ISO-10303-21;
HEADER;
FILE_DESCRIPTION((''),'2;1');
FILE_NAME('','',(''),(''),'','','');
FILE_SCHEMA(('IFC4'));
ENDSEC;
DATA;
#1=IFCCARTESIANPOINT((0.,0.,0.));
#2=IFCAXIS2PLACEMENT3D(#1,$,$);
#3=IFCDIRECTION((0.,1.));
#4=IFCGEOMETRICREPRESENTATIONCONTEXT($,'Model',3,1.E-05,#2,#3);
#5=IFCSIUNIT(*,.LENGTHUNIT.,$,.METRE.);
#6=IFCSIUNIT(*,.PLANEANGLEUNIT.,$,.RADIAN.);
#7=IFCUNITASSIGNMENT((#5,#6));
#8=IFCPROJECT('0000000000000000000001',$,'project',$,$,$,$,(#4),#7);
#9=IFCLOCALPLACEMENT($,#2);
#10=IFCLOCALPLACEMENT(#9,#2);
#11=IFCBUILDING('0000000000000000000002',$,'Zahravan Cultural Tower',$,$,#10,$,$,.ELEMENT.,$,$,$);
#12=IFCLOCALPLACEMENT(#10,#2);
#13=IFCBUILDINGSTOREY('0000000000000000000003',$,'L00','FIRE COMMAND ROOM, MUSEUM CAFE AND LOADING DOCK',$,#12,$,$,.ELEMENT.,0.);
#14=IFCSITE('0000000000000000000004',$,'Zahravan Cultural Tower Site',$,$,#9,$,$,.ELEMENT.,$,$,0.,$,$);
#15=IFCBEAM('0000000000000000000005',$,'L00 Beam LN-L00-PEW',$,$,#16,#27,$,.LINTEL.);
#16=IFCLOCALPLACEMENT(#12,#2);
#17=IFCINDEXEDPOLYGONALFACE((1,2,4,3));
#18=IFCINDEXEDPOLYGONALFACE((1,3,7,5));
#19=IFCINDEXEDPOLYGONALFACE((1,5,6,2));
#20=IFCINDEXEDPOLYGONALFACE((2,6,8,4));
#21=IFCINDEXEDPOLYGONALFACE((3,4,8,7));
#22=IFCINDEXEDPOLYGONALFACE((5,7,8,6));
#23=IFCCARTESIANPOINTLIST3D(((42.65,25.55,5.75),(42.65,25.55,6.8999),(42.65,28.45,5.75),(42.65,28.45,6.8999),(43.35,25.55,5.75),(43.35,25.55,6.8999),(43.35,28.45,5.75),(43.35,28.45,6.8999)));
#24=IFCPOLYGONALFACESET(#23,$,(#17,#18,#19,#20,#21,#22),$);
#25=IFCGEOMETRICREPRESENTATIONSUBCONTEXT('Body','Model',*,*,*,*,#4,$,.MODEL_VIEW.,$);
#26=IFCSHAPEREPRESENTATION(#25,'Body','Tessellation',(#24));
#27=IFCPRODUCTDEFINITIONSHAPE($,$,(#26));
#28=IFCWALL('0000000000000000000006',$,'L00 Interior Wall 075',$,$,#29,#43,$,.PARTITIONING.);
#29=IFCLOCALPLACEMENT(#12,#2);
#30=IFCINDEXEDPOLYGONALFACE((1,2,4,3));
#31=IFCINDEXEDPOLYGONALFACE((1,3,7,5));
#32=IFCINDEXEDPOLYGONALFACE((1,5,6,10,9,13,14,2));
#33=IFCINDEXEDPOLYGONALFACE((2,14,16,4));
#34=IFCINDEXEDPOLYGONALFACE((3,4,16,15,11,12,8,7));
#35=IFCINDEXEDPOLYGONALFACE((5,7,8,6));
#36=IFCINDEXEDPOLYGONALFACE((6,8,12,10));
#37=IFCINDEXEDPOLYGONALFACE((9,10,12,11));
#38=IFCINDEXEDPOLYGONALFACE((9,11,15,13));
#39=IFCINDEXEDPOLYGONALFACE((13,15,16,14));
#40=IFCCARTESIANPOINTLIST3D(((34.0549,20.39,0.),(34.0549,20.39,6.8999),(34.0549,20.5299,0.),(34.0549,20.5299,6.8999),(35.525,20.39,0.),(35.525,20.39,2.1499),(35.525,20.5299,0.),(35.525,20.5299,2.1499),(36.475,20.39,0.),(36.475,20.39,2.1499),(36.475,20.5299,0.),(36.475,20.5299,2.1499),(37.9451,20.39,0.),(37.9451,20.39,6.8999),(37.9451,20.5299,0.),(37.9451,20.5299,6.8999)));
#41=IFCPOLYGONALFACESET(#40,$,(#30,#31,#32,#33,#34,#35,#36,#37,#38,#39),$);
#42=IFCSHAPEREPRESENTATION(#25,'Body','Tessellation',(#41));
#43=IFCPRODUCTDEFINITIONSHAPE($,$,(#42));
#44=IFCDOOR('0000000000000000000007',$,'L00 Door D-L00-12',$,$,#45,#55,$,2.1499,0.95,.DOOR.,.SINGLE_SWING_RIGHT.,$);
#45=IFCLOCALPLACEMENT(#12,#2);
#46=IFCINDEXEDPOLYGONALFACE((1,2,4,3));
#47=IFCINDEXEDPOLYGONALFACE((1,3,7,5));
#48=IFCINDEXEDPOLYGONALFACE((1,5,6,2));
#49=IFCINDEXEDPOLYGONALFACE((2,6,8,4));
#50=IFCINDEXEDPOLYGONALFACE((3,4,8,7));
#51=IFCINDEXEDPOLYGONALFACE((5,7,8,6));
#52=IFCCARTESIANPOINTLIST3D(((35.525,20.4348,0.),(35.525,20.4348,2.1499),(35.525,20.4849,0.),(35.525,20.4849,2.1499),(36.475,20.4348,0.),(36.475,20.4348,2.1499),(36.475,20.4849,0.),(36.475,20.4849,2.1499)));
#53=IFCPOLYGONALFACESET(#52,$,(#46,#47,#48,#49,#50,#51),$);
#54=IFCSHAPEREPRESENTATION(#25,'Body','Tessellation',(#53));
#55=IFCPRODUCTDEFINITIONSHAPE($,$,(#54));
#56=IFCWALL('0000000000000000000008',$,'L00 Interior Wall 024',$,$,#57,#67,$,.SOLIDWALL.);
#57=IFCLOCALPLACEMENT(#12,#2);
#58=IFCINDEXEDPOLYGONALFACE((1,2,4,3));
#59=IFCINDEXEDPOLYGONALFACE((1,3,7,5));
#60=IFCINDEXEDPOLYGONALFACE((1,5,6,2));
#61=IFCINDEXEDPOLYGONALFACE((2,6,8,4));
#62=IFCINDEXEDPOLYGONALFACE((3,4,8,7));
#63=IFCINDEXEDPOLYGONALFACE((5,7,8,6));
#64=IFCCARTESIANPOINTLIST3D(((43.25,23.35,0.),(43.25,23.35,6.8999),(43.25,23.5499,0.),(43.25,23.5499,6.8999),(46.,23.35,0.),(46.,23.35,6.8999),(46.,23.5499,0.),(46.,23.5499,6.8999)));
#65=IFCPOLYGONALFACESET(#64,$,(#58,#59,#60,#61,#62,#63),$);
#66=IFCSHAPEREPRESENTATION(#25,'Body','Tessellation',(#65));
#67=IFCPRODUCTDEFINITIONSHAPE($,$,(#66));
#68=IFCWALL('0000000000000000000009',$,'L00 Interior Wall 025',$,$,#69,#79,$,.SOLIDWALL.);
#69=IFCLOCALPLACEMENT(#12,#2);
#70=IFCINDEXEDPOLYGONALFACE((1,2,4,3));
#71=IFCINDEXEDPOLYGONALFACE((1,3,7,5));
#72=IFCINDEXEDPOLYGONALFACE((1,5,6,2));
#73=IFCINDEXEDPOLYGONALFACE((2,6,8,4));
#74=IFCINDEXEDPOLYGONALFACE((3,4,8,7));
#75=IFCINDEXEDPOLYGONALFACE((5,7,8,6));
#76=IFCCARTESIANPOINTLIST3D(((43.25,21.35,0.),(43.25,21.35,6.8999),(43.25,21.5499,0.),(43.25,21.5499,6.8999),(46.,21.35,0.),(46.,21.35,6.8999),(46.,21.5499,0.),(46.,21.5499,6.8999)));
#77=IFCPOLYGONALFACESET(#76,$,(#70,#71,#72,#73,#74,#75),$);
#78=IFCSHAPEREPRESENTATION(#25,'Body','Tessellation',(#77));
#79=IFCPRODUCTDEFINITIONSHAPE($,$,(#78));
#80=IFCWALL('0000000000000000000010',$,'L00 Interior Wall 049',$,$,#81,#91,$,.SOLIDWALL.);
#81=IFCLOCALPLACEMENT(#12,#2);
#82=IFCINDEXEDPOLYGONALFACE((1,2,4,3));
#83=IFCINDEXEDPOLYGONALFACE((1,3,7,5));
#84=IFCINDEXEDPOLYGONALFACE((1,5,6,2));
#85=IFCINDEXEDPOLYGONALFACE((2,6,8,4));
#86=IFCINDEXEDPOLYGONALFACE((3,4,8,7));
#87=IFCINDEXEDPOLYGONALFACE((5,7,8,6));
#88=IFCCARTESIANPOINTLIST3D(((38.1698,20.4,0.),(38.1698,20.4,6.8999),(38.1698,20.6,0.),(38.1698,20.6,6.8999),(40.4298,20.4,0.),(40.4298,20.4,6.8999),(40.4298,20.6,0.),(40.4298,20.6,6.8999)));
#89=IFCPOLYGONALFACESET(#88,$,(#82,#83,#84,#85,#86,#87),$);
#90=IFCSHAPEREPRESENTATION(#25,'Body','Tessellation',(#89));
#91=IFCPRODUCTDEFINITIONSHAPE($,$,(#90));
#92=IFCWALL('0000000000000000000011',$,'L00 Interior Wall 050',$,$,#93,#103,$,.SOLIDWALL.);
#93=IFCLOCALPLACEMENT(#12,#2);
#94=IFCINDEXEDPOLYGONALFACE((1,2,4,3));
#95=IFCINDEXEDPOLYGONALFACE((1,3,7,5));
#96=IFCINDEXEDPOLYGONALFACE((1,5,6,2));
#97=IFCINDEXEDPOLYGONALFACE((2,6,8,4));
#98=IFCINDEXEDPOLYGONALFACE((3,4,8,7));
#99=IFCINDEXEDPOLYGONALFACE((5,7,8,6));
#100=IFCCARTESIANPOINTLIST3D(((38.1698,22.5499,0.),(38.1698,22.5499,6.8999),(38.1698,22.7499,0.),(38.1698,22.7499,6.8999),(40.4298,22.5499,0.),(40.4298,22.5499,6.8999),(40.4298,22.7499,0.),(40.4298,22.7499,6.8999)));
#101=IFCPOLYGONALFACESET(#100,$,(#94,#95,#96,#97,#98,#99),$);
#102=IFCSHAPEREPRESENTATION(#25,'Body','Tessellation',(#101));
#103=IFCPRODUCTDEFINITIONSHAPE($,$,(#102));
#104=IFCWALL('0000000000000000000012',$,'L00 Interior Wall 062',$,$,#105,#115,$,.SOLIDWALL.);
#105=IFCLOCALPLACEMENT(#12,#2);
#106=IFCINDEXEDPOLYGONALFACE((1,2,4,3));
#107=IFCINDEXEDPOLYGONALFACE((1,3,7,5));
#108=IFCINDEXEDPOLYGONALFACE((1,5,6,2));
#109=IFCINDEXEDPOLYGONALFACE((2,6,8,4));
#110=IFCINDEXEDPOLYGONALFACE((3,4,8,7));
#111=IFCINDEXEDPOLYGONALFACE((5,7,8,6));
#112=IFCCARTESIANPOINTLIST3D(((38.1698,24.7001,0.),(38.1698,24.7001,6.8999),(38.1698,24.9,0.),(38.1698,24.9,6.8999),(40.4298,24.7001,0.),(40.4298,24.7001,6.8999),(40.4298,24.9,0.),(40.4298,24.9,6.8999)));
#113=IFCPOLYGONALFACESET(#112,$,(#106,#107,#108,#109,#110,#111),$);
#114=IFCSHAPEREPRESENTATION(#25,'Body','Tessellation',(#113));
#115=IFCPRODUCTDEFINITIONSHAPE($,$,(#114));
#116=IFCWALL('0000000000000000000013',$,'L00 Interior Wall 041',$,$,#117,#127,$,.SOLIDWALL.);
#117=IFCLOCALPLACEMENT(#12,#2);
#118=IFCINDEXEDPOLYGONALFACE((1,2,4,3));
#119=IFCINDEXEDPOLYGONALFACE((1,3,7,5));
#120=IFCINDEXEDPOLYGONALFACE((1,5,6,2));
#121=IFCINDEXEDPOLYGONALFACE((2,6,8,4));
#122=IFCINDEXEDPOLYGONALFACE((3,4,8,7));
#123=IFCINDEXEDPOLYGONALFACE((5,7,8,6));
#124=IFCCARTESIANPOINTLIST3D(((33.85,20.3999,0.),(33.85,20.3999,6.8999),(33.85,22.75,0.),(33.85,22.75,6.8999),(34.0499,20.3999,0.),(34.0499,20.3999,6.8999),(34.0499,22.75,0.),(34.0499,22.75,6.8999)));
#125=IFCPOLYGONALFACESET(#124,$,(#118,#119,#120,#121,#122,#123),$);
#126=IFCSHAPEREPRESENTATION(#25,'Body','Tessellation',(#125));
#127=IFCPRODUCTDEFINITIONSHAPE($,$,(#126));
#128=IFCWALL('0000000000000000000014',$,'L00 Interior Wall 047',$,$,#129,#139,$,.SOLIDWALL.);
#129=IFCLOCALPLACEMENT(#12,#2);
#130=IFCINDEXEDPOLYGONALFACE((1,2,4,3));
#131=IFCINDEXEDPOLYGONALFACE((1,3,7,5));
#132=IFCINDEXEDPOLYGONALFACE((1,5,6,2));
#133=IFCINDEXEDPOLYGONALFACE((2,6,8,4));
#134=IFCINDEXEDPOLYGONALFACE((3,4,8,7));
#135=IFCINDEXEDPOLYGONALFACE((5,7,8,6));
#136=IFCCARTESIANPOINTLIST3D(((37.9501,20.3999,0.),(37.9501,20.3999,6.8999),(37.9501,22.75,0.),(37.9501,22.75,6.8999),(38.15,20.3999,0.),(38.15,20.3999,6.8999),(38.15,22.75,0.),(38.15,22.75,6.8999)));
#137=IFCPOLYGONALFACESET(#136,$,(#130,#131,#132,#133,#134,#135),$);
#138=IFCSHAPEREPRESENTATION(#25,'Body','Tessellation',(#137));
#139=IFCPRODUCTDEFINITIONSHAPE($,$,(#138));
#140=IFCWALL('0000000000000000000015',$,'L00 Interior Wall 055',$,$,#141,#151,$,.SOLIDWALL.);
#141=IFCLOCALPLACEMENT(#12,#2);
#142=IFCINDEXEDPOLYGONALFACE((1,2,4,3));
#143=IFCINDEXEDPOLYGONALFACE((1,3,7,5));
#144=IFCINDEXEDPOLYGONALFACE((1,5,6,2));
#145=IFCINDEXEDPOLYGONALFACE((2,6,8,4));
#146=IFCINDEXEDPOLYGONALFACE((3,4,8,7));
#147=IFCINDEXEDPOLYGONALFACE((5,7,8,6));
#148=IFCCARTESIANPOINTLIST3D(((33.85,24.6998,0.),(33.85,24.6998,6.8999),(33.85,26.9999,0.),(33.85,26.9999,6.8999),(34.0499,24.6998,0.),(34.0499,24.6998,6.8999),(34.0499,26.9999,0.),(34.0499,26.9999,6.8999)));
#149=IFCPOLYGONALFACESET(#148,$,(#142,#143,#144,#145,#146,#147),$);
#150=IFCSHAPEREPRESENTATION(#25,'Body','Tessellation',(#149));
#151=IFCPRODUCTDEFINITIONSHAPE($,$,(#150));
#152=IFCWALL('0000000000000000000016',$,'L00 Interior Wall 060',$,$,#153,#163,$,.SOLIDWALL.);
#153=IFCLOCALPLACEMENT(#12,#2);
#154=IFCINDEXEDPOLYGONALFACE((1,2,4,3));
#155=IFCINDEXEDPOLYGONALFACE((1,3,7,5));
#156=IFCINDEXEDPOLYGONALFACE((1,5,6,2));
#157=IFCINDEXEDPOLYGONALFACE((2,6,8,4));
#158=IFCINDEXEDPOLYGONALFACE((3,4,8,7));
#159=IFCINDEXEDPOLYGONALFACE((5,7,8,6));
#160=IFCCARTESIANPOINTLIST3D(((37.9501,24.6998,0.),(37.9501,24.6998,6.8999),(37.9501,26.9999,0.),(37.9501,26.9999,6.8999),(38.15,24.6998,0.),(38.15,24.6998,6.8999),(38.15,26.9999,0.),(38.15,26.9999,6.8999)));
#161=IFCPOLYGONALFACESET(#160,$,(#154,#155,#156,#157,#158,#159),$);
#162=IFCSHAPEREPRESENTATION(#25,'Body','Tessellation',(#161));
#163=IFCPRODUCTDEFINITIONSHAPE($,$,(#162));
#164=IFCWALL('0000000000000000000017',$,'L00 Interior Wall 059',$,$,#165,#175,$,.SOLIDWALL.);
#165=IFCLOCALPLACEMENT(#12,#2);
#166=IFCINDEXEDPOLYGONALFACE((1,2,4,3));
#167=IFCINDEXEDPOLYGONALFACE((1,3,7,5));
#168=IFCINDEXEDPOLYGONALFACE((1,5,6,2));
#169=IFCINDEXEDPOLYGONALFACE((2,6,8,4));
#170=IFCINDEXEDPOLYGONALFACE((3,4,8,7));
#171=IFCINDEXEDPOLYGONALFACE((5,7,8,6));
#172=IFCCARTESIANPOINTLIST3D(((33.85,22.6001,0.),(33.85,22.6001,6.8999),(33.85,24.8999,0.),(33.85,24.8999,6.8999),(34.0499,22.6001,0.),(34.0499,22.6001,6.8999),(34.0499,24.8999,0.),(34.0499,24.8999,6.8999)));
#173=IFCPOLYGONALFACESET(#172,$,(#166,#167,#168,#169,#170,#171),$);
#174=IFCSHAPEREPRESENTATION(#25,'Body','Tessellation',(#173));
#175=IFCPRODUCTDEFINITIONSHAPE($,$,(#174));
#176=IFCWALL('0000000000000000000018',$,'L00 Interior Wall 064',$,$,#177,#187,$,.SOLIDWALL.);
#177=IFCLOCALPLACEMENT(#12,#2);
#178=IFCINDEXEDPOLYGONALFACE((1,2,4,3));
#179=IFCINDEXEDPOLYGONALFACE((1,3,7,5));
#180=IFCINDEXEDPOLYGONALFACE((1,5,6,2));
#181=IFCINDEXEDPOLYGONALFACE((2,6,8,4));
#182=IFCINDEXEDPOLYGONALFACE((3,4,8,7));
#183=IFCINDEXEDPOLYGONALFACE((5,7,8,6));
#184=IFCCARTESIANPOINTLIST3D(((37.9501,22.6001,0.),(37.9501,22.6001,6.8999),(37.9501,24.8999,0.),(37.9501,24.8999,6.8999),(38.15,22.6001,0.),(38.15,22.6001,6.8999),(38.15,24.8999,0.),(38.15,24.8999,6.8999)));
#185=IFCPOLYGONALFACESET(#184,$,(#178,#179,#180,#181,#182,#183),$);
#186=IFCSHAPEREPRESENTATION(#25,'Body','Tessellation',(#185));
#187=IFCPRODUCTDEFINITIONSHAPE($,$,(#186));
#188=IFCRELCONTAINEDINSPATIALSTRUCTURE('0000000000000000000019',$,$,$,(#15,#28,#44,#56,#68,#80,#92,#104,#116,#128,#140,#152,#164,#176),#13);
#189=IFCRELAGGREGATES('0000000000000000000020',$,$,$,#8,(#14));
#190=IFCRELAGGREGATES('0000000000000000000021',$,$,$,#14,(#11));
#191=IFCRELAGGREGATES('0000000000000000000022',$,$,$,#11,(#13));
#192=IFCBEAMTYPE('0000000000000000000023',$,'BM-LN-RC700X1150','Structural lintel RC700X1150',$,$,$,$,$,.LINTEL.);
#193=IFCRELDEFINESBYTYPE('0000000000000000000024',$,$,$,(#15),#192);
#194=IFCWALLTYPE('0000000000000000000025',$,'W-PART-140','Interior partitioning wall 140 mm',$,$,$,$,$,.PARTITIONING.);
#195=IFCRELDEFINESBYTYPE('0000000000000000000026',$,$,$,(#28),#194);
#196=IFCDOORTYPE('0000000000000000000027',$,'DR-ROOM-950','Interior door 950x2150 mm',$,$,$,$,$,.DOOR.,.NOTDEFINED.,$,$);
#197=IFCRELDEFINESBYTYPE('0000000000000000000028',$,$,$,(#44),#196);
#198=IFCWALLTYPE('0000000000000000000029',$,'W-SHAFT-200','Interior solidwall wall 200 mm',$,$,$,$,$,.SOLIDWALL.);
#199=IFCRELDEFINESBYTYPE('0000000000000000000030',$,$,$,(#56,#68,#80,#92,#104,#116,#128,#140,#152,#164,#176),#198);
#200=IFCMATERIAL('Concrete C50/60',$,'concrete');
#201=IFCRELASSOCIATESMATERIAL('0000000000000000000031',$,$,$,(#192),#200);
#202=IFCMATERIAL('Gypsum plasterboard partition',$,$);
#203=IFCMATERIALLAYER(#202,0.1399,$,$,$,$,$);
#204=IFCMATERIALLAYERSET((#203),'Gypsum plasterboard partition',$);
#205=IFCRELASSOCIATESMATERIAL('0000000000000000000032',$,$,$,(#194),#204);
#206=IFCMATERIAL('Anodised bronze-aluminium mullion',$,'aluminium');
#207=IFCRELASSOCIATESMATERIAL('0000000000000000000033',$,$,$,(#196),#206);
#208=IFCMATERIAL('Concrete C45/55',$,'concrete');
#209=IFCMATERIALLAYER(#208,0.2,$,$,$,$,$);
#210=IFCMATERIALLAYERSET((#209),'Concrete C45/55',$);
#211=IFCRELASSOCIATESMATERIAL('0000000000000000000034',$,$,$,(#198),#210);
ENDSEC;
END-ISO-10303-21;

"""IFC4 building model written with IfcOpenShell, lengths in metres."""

from ifc_helpers import new_model, si_unit, direction, frame, frame_2d, origin, origin_2d, place, context, subcontext, project, spatial, rectangle, extrude, source, transform, mapped, material, layer, layer_set, material_profile, profile_set, type_object, element, fill, save


model = new_model("IFC4")

# Units and contexts
model_context = context("Model", 3, precision=1e-05, world=origin(), true_north=direction((0.0, 1.0)))
body_context = subcontext(model_context, "Body", "Model", "MODEL_VIEW")
ifc_project = project(units=[si_unit("LENGTHUNIT", "METRE"), si_unit("PLANEANGLEUNIT", "RADIAN")], contexts=[model_context])

# Site, building, storey
site_placement = place(None, origin())
site = spatial("IfcSite", under=ifc_project, at=site_placement, Name="Zahravan Cultural Tower Site", CompositionType="ELEMENT", RefElevation=0.0)
building_placement = place(site_placement, origin())
building = spatial("IfcBuilding", under=site, at=building_placement, Name="Zahravan Cultural Tower", CompositionType="ELEMENT")
storey_placement = place(building_placement, origin())
storey = spatial("IfcBuildingStorey", under=building, at=storey_placement, Name="L00", Description="FIRE COMMAND ROOM, MUSEUM CAFE AND LOADING DOCK", CompositionType="ELEMENT", Elevation=0.0)

# Beam
ifc_material_1 = material(Name="Concrete C50/60", Category="concrete")
ifc_material_profile = material_profile(ifc_material_1, rectangle(XDim=0.7, YDim=1.1499, at=origin_2d()), Name="RC700X1150")
ifc_profile_set = profile_set([ifc_material_profile], Name="Concrete C50/60")
beam_type = type_object("IfcBeamType", Name="BM-LN-RC700X1150", Description="Structural lintel RC700X1150", PredefinedType="LINTEL", material=ifc_profile_set)
shared_shape_1 = source(origin(), body_context, "Body", "SweptSolid", [
    extrude(rectangle(XDim=0.7, YDim=1.1499, at=origin_2d()), origin(), (0.0, 0.0, 1.0), 2.8999),
])
beam_placement = place(storey_placement, frame((43.0, 25.55, 6.325), z_axis=(0.0, 1.0, 0.0), x_axis=(-1.0, 0.0, 0.0)))
element("IfcBeam", 1, at=beam_placement, inside=storey, type_object=beam_type, Name="L00 Beam LN-L00-PEW", PredefinedType="LINTEL", context=body_context, shape_type="MappedRepresentation", body=[
    mapped(shared_shape_1, transform((0.0, 0.0, 0.0), x_axis=(1.0, 0.0, 0.0), y_axis=(0.0, 1.0, 0.0), z_axis=(0.0, 0.0, 1.0), scale=1.0)),
])

# Wall, opening, door
ifc_material_2 = material(Name="Gypsum plasterboard partition")
ifc_layer_1 = layer(ifc_material_2, 0.1399)
ifc_layer_set_1 = layer_set([ifc_layer_1], Name="Gypsum plasterboard partition")
wall_type_1 = type_object("IfcWallType", Name="W-PART-140", Description="Interior partitioning wall 140 mm", PredefinedType="PARTITIONING", material=ifc_layer_set_1)
wall_1_placement = place(storey_placement, frame((34.0549, 20.46, 0.0), z_axis=(0.0, 0.0, 1.0), x_axis=(1.0, 0.0, 0.0)))
wall_1 = element("IfcWall", 2, at=wall_1_placement, inside=storey, type_object=wall_type_1, Name="L00 Interior Wall 075", PredefinedType="PARTITIONING", context=body_context, shape_type="SweptSolid", body=[
    extrude(rectangle(XDim=3.8901, YDim=0.1399, at=frame_2d((1.9451, 0.0))), origin(), (0.0, 0.0, 1.0), 6.8999),
])
opening_1_placement = place(wall_1_placement, frame((1.47, 0.0, 0.0)))
opening_1 = element("IfcOpeningElement", 3, at=opening_1_placement, cuts=wall_1, PredefinedType="OPENING", context=body_context, shape_type="SweptSolid", body=[
    extrude(rectangle(XDim=0.95, YDim=2.1499, at=frame_2d((0.4751, 1.075))), frame((0.0, 0.0798, 0.0), z_axis=(0.0, -1.0, 0.0), x_axis=(1.0, 0.0, 0.0)), (0.0, 0.0, 1.0), 0.1599),
])
ifc_material_3 = material(Name="Anodised bronze-aluminium mullion", Category="aluminium")
door_type_1 = type_object("IfcDoorType", Name="DR-ROOM-950", Description="Interior door 950x2150 mm", OperationType="NOTDEFINED", PredefinedType="DOOR", material=ifc_material_3)
shared_shape_2 = source(origin(), body_context, "Body", "SweptSolid", [
    extrude(rectangle(XDim=0.95, YDim=2.1499, at=frame_2d((0.4751, 1.075))), frame((0.0, 0.0249, 0.0), z_axis=(0.0, -1.0, 0.0), x_axis=(1.0, 0.0, 0.0)), (0.0, 0.0, 1.0), 0.05),
])
door_1_placement = place(opening_1_placement, origin())
door_1 = element("IfcDoor", 4, at=door_1_placement, inside=storey, type_object=door_type_1, Name="L00 Door D-L00-12", OperationType="SINGLE_SWING_RIGHT", OverallHeight=2.1499, OverallWidth=0.95, PredefinedType="DOOR", context=body_context, shape_type="MappedRepresentation", body=[
    mapped(shared_shape_2, transform((0.0, 0.0, 0.0), x_axis=(1.0, 0.0, 0.0), y_axis=(0.0, 1.0, 0.0), z_axis=(0.0, 0.0, 1.0), scale=1.0)),
])
fill(opening_1, door_1)
ifc_material_4 = material(Name="Concrete C45/55", Category="concrete")
ifc_layer_2 = layer(ifc_material_4, 0.2)
ifc_layer_set_2 = layer_set([ifc_layer_2], Name="Concrete C45/55")
wall_type_2 = type_object("IfcWallType", Name="W-SHAFT-200", Description="Interior solidwall wall 200 mm", PredefinedType="SOLIDWALL", material=ifc_layer_set_2)

# Walls
shared_shape_3 = source(origin(), body_context, "Body", "SweptSolid", [
    extrude(rectangle(XDim=2.75, YDim=0.2, at=frame_2d((1.375, 0.0))), origin(), (0.0, 0.0, 1.0), 6.8999),
])
for number, where, z_axis, x_axis, name in (
    (5, (43.25, 23.45, 0.0), (0.0, 0.0, 1.0), (1.0, 0.0, 0.0), "L00 Interior Wall 024"),
    (6, (43.25, 21.45, 0.0), (0.0, 0.0, 1.0), (1.0, 0.0, 0.0), "L00 Interior Wall 025"),
):
    element("IfcWall", number, at=place(storey_placement, frame(where, z_axis=z_axis, x_axis=x_axis)), inside=storey, type_object=wall_type_2, Name=name, PredefinedType="SOLIDWALL", context=body_context, shape_type="MappedRepresentation", body=[
        mapped(shared_shape_3, transform((0.0, 0.0, 0.0), x_axis=(1.0, 0.0, 0.0), y_axis=(0.0, 1.0, 0.0), z_axis=(0.0, 0.0, 1.0), scale=1.0)),
    ])
shared_shape_4 = source(origin(), body_context, "Body", "SweptSolid", [
    extrude(rectangle(XDim=2.26, YDim=0.2, at=frame_2d((1.1299, 0.0))), origin(), (0.0, 0.0, 1.0), 6.8999),
])
for number, where, z_axis, x_axis, name in (
    (7, (38.1699, 20.5, 0.0), (0.0, 0.0, 1.0), (1.0, 0.0, 0.0), "L00 Interior Wall 049"),
    (8, (38.1699, 22.6499, 0.0), (0.0, 0.0, 1.0), (1.0, 0.0, 0.0), "L00 Interior Wall 050"),
    (9, (38.1699, 24.8, 0.0), (0.0, 0.0, 1.0), (1.0, 0.0, 0.0), "L00 Interior Wall 062"),
):
    element("IfcWall", number, at=place(storey_placement, frame(where, z_axis=z_axis, x_axis=x_axis)), inside=storey, type_object=wall_type_2, Name=name, PredefinedType="SOLIDWALL", context=body_context, shape_type="MappedRepresentation", body=[
        mapped(shared_shape_4, transform((0.0, 0.0, 0.0), x_axis=(1.0, 0.0, 0.0), y_axis=(0.0, 1.0, 0.0), z_axis=(0.0, 0.0, 1.0), scale=1.0)),
    ])
shared_shape_5 = source(origin(), body_context, "Body", "SweptSolid", [
    extrude(rectangle(XDim=2.3501, YDim=0.2, at=frame_2d((1.175, 0.0))), origin(), (0.0, 0.0, 1.0), 6.8999),
])
for number, where, z_axis, x_axis, name in (
    (10, (33.95, 20.3999, 0.0), (0.0, 0.0, 1.0), (0.0, 1.0, 0.0), "L00 Interior Wall 041"),
    (11, (38.05, 20.3999, 0.0), (0.0, 0.0, 1.0), (0.0, 1.0, 0.0), "L00 Interior Wall 047"),
):
    element("IfcWall", number, at=place(storey_placement, frame(where, z_axis=z_axis, x_axis=x_axis)), inside=storey, type_object=wall_type_2, Name=name, PredefinedType="SOLIDWALL", context=body_context, shape_type="MappedRepresentation", body=[
        mapped(shared_shape_5, transform((0.0, 0.0, 0.0), x_axis=(1.0, 0.0, 0.0), y_axis=(0.0, 1.0, 0.0), z_axis=(0.0, 0.0, 1.0), scale=1.0)),
    ])
shared_shape_6 = source(origin(), body_context, "Body", "SweptSolid", [
    extrude(rectangle(XDim=2.3, YDim=0.2, at=frame_2d((1.1499, 0.0))), origin(), (0.0, 0.0, 1.0), 6.8999),
])
for number, where, z_axis, x_axis, name in (
    (12, (33.95, 24.7, 0.0), (0.0, 0.0, 1.0), (0.0, 1.0, 0.0), "L00 Interior Wall 055"),
    (13, (38.05, 24.7, 0.0), (0.0, 0.0, 1.0), (0.0, 1.0, 0.0), "L00 Interior Wall 060"),
):
    element("IfcWall", number, at=place(storey_placement, frame(where, z_axis=z_axis, x_axis=x_axis)), inside=storey, type_object=wall_type_2, Name=name, PredefinedType="SOLIDWALL", context=body_context, shape_type="MappedRepresentation", body=[
        mapped(shared_shape_6, transform((0.0, 0.0, 0.0), x_axis=(1.0, 0.0, 0.0), y_axis=(0.0, 1.0, 0.0), z_axis=(0.0, 0.0, 1.0), scale=1.0)),
    ])
shared_shape_7 = source(origin(), body_context, "Body", "SweptSolid", [
    extrude(rectangle(XDim=2.2998, YDim=0.2, at=frame_2d((1.1499, 0.0))), origin(), (0.0, 0.0, 1.0), 6.8999),
])
for number, where, z_axis, x_axis, name in (
    (14, (33.95, 22.6001, 0.0), (0.0, 0.0, 1.0), (0.0, 1.0, 0.0), "L00 Interior Wall 059"),
    (15, (38.05, 22.6001, 0.0), (0.0, 0.0, 1.0), (0.0, 1.0, 0.0), "L00 Interior Wall 064"),
):
    element("IfcWall", number, at=place(storey_placement, frame(where, z_axis=z_axis, x_axis=x_axis)), inside=storey, type_object=wall_type_2, Name=name, PredefinedType="SOLIDWALL", context=body_context, shape_type="MappedRepresentation", body=[
        mapped(shared_shape_7, transform((0.0, 0.0, 0.0), x_axis=(1.0, 0.0, 0.0), y_axis=(0.0, 1.0, 0.0), z_axis=(0.0, 0.0, 1.0), scale=1.0)),
    ])

save(model, "model.ifc")
